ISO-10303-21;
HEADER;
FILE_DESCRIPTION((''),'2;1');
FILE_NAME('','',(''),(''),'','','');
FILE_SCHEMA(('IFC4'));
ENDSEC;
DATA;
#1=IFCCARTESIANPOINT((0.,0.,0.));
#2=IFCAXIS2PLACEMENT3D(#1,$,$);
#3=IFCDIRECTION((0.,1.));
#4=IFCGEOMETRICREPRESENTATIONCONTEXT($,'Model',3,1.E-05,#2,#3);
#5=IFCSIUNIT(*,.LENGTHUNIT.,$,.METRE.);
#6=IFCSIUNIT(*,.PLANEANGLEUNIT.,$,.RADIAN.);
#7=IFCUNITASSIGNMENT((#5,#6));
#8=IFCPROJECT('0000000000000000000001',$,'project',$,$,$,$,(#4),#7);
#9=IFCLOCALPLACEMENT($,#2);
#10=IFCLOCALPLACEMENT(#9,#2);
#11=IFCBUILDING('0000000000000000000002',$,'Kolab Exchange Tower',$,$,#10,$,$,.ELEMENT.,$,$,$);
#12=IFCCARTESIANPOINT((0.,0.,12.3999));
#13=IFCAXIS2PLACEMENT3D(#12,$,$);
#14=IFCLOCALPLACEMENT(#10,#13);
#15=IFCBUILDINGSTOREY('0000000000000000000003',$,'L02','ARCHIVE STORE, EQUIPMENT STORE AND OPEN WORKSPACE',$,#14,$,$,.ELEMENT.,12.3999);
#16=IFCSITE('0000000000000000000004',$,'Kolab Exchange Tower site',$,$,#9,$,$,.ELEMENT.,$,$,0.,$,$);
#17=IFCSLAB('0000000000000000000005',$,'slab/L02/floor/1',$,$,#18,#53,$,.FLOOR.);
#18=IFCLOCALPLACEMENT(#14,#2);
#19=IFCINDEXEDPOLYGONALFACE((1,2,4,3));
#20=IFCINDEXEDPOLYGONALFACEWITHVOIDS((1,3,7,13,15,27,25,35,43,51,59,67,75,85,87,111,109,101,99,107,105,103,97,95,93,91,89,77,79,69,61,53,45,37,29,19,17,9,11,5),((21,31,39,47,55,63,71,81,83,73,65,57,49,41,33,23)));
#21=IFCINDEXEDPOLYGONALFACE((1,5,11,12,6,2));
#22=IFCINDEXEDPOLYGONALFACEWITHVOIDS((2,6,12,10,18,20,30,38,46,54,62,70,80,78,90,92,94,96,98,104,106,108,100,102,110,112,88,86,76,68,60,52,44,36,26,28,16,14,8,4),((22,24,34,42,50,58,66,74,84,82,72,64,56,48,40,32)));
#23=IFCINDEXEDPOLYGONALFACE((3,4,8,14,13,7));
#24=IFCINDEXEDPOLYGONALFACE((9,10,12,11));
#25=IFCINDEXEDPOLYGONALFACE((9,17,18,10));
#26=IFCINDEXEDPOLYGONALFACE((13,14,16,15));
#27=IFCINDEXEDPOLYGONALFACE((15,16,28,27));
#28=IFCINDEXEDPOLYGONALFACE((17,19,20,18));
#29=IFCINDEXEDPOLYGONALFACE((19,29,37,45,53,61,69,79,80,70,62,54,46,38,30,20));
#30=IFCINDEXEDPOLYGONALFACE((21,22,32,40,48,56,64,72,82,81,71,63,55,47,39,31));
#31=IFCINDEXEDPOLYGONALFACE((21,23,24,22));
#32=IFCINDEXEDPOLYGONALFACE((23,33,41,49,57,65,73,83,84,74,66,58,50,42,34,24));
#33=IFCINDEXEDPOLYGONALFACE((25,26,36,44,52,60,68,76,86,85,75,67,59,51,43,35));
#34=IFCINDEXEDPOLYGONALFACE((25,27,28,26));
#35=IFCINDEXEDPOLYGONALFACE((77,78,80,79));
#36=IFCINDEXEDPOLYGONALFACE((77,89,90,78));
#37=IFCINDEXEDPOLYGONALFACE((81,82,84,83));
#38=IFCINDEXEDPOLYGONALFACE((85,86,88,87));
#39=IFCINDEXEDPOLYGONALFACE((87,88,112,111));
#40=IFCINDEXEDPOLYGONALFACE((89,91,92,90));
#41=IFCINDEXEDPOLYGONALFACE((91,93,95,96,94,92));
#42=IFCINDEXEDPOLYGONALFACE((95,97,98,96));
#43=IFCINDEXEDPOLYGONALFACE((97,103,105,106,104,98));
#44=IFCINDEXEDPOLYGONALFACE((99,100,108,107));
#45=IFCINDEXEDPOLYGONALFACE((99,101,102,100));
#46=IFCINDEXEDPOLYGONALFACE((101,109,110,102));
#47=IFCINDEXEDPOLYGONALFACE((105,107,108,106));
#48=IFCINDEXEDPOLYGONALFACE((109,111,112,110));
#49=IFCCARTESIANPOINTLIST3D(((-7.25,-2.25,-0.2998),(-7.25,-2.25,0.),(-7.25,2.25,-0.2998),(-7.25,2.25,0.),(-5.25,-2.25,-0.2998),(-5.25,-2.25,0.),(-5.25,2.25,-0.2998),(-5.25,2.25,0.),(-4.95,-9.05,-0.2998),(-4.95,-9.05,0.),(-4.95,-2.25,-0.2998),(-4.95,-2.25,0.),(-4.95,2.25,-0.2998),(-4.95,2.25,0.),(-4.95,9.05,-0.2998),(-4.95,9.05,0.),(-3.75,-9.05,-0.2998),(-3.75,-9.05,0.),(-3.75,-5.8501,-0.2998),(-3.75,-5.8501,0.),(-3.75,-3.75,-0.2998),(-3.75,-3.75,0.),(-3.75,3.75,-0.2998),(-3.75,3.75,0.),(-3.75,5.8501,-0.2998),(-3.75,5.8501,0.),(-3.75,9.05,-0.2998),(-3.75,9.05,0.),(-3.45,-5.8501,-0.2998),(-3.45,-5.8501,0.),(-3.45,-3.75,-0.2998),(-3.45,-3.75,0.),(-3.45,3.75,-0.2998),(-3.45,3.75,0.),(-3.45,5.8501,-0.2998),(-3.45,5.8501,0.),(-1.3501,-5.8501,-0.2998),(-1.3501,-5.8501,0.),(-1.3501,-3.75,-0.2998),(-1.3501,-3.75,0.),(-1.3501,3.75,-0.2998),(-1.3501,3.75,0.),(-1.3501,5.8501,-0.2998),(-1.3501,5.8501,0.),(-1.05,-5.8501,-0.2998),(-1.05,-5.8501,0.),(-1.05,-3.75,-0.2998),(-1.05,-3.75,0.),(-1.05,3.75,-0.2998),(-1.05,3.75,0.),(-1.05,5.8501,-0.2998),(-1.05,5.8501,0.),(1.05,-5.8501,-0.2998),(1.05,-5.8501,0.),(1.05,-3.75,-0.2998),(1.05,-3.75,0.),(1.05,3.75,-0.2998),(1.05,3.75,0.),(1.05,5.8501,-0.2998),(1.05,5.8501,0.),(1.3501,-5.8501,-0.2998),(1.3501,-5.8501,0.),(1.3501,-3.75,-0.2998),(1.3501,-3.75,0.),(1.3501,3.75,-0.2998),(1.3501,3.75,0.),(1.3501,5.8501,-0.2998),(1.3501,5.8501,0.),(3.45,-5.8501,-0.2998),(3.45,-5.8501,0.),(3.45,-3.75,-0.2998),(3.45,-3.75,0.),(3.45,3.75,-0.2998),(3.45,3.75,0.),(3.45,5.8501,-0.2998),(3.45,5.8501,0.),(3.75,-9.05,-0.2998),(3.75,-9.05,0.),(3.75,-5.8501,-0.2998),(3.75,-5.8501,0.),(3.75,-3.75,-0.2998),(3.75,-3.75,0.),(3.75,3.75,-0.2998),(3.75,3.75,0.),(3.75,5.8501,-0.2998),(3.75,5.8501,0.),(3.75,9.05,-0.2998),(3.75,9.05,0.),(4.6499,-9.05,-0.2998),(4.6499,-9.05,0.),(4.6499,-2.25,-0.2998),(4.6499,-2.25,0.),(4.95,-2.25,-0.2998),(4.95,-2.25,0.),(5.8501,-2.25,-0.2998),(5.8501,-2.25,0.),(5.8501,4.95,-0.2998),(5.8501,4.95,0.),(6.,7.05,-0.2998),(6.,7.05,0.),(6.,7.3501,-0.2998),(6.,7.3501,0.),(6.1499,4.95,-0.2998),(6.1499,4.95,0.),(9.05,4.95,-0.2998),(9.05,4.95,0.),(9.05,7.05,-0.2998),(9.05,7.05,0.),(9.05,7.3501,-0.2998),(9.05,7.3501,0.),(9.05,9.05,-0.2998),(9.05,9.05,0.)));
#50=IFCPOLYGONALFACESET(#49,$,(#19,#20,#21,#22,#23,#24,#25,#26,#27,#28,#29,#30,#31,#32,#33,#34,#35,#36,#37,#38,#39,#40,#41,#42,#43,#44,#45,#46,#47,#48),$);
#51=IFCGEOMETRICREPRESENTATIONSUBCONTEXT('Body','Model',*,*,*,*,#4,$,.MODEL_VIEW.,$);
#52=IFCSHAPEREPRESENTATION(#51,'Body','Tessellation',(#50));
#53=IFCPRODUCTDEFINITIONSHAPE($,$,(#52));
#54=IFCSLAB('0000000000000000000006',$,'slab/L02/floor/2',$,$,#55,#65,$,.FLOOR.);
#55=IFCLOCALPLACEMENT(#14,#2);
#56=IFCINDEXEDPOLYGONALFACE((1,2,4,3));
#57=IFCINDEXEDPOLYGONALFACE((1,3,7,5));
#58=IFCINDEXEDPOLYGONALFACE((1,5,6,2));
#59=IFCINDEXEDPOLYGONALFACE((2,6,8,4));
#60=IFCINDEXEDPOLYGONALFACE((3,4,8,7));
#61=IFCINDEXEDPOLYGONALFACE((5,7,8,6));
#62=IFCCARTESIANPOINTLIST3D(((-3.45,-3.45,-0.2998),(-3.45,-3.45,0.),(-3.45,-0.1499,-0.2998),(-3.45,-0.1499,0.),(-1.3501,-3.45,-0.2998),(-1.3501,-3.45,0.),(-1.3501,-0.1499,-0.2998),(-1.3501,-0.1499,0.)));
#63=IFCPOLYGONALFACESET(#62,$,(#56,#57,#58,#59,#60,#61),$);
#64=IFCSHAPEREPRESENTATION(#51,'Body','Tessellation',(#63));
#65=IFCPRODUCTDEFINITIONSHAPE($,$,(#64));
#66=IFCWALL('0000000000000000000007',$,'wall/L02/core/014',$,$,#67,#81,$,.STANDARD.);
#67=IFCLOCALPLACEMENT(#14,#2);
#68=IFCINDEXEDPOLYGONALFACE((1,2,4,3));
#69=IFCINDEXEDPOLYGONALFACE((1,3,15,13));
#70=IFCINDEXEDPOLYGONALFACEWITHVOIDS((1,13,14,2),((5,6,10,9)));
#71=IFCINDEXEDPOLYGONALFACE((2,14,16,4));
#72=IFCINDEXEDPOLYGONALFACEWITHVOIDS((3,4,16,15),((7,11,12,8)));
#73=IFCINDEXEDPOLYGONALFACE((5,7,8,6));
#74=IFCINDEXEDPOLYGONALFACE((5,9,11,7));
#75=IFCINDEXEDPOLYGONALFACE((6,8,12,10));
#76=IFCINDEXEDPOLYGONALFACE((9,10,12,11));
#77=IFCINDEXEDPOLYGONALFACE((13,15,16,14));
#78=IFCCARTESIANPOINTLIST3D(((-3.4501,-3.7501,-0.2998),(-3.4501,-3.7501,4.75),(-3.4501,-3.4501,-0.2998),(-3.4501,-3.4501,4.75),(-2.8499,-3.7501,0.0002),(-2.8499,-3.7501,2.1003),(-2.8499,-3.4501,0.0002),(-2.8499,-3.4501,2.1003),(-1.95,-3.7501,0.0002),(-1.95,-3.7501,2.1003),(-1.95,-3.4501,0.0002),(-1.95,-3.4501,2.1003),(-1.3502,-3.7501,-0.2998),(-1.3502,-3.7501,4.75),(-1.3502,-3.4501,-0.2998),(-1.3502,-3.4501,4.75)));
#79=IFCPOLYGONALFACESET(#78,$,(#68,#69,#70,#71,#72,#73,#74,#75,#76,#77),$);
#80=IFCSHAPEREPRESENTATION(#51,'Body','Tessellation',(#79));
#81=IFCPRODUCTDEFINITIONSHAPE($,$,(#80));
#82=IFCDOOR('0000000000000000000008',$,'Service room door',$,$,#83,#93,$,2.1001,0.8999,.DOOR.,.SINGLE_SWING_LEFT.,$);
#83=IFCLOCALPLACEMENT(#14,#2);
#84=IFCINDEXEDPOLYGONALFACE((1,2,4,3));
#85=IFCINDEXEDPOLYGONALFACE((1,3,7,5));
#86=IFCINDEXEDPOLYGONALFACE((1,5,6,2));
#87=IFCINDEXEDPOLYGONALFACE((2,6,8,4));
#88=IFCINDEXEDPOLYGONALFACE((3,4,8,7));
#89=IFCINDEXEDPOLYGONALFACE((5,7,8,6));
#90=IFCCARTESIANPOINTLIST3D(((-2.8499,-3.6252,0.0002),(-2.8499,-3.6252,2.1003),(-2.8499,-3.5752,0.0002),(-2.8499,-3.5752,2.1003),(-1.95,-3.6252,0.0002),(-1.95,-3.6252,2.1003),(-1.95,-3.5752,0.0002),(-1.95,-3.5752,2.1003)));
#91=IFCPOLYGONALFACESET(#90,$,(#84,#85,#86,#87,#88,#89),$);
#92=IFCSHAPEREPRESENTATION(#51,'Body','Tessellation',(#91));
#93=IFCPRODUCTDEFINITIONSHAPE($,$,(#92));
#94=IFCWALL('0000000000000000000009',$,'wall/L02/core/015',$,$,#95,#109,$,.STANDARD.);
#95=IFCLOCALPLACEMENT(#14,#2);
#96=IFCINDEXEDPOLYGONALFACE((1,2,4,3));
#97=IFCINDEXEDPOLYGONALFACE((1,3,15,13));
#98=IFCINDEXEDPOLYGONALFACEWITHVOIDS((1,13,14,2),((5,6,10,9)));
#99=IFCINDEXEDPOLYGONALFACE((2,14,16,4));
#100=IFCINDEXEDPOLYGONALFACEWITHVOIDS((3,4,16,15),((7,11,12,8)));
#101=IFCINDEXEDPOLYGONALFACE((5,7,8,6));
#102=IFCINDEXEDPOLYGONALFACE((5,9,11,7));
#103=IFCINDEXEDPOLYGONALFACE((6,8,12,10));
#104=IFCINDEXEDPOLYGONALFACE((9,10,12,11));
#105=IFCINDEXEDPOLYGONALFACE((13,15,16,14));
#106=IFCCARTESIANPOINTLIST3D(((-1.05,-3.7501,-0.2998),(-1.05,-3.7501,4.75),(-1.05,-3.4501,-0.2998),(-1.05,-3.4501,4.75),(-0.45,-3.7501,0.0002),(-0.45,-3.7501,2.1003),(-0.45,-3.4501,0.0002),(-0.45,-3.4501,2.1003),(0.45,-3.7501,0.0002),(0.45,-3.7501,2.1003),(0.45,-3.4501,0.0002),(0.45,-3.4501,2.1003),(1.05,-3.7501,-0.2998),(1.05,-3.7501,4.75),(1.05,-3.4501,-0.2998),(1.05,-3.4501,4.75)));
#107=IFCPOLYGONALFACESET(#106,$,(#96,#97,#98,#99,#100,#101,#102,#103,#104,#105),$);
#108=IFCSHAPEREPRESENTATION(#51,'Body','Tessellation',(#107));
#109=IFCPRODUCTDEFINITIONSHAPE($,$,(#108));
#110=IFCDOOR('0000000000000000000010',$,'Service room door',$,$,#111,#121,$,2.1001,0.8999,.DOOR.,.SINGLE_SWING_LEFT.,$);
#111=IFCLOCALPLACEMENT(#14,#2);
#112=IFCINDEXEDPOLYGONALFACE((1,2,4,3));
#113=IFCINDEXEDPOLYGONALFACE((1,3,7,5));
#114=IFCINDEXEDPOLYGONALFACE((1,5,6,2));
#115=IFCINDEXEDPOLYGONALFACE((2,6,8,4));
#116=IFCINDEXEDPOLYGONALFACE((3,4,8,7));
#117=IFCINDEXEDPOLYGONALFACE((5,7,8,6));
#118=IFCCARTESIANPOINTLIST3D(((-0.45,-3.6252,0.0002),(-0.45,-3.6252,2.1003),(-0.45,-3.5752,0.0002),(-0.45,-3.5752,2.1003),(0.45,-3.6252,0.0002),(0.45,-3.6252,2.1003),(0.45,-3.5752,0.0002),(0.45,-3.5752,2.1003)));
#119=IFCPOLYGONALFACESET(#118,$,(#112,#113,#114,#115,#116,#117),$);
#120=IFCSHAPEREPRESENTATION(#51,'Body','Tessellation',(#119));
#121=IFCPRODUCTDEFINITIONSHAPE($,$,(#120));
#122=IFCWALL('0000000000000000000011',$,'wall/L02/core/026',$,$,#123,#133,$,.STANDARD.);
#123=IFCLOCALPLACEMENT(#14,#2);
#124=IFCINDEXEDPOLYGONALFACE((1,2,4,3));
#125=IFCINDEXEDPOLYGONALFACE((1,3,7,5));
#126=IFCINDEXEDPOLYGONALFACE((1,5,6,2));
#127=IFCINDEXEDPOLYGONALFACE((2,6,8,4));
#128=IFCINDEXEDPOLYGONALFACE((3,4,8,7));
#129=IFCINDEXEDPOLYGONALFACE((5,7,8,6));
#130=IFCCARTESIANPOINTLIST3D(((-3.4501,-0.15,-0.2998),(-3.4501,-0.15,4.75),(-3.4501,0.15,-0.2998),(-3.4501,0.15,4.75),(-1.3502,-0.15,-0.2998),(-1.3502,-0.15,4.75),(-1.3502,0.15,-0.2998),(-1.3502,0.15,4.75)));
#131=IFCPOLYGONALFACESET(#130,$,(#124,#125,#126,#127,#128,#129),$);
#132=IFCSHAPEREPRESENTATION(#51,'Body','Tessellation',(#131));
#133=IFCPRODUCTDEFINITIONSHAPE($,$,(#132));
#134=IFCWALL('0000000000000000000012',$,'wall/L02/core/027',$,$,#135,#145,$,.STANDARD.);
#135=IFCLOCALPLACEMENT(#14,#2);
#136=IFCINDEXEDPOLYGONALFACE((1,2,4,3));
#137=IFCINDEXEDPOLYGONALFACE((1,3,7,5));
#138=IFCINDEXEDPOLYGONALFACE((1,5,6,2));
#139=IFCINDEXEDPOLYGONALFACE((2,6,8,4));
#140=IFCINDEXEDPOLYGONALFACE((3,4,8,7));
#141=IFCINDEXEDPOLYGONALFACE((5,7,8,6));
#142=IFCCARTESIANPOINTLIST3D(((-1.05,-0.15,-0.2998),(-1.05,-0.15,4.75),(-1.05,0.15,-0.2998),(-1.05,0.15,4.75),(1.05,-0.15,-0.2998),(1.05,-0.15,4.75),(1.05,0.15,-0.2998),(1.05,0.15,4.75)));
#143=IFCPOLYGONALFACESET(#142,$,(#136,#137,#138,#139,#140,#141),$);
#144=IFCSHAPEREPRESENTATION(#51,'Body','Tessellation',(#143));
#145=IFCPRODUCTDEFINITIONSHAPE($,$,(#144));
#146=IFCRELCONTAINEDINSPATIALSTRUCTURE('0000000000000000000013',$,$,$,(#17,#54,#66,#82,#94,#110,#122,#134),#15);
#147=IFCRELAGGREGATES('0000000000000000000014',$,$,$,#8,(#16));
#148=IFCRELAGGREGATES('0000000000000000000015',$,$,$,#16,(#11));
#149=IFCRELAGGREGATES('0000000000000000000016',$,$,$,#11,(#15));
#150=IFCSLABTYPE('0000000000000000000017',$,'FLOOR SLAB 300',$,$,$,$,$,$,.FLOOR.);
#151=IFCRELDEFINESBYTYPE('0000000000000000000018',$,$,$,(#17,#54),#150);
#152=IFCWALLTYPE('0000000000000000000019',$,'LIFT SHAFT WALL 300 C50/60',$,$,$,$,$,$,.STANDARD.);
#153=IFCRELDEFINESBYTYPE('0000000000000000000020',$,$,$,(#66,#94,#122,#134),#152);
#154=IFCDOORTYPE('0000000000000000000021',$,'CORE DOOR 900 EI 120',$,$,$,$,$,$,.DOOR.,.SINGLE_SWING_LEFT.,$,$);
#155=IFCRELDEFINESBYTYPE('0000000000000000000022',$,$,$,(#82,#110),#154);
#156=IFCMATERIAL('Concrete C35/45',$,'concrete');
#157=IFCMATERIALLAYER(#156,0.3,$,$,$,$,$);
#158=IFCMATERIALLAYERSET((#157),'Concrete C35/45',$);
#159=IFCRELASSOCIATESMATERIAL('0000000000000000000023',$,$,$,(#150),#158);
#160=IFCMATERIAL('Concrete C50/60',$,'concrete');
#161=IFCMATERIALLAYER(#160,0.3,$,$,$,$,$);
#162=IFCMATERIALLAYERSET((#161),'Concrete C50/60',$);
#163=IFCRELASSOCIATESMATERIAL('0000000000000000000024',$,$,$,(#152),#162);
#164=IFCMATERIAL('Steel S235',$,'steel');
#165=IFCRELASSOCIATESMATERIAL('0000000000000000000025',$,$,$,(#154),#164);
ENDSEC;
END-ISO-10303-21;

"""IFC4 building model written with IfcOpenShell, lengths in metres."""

from ifc_helpers import new_model, si_unit, direction, frame, frame_2d, origin, place, context, subcontext, project, spatial, polyline, rectangle, outline, extrude, material, layer, layer_set, type_object, element, fill, save


model = new_model("IFC4")

# Units and contexts
model_context = context("Model", 3, precision=1e-05, world=origin(), true_north=direction((0.0, 1.0)))
body_context = subcontext(model_context, "Body", "Model", "MODEL_VIEW")
ifc_project = project(units=[si_unit("LENGTHUNIT", "METRE"), si_unit("PLANEANGLEUNIT", "RADIAN")], contexts=[model_context])

# Site, building, storey
site_placement = place(None, origin())
site = spatial("IfcSite", under=ifc_project, at=site_placement, Name="Kolab Exchange Tower site", CompositionType="ELEMENT", RefElevation=0.0)
building_placement = place(site_placement, origin())
building = spatial("IfcBuilding", under=site, at=building_placement, Name="Kolab Exchange Tower", CompositionType="ELEMENT")
storey_placement = place(building_placement, frame((0.0, 0.0, 12.3999)))
storey = spatial("IfcBuildingStorey", under=building, at=storey_placement, Name="L02", Description="ARCHIVE STORE, EQUIPMENT STORE AND OPEN WORKSPACE", CompositionType="ELEMENT", Elevation=12.3999)

# Slabs
ifc_material_1 = material(Name="Concrete C35/45", Category="concrete")
ifc_layer_1 = layer(ifc_material_1, 0.3)
ifc_layer_set_1 = layer_set([ifc_layer_1], Name="Concrete C35/45")
slab_type = type_object("IfcSlabType", Name="FLOOR SLAB 300", PredefinedType="FLOOR", material=ifc_layer_set_1)
slab_1_placement = place(storey_placement, frame((0.0, 0.0, -0.2998)))
element("IfcSlab", 1, at=slab_1_placement, inside=storey, type_object=slab_type, Name="slab/L02/floor/1", PredefinedType="FLOOR", context=body_context, shape_type="SweptSolid", body=[
    extrude(outline(polyline([(-5.25, 2.25), (-7.25, 2.25), (-7.25, -2.25), (-5.25, -2.25), (-4.95, -2.25), (-4.95, -9.05), (-3.75, -9.05), (-3.75, -5.8501), (-3.45, -5.8501), (-1.3501, -5.8501), (-1.05, -5.8501), (1.05, -5.8501), (1.3501, -5.8501), (3.45, -5.8501), (3.75, -5.8501), (3.75, -9.05), (4.6499, -9.05), (4.6499, -2.25), (4.95, -2.25), (5.8501, -2.25), (5.8501, 4.95), (6.1499, 4.95), (9.05, 4.95), (9.05, 7.05), (6.0, 7.05), (6.0, 7.3501), (9.05, 7.3501), (9.05, 9.05), (3.75, 9.05), (3.75, 5.8501), (3.45, 5.8501), (1.3501, 5.8501), (1.05, 5.8501), (-1.05, 5.8501), (-1.3501, 5.8501), (-3.45, 5.8501), (-3.75, 5.8501), (-3.75, 9.05), (-4.95, 9.05), (-4.95, 2.25), (-5.25, 2.25)]), holes=[polyline([(3.75, -3.75), (3.45, -3.75), (1.3501, -3.75), (1.05, -3.75), (-1.05, -3.75), (-1.3501, -3.75), (-3.45, -3.75), (-3.75, -3.75), (-3.75, 3.75), (-3.45, 3.75), (-1.3501, 3.75), (-1.05, 3.75), (1.05, 3.75), (1.3501, 3.75), (3.45, 3.75), (3.75, 3.75), (3.75, -3.75)])]), origin(), (0.0, 0.0, 1.0), 0.2998),
])
slab_2_placement = place(storey_placement, frame((0.0, 0.0, -0.2998)))
element("IfcSlab", 2, at=slab_2_placement, inside=storey, type_object=slab_type, Name="slab/L02/floor/2", PredefinedType="FLOOR", context=body_context, shape_type="SweptSolid", body=[
    extrude(outline(polyline([(-1.3501, -0.1499), (-3.45, -0.1499), (-3.45, -3.45), (-1.3501, -3.45), (-1.3501, -0.1499)])), origin(), (0.0, 0.0, 1.0), 0.2998),
])

# Walls, openings, doors
ifc_material_2 = material(Name="Concrete C50/60", Category="concrete")
ifc_layer_2 = layer(ifc_material_2, 0.3)
ifc_layer_set_2 = layer_set([ifc_layer_2], Name="Concrete C50/60")
wall_type_1 = type_object("IfcWallType", Name="LIFT SHAFT WALL 300 C50/60", PredefinedType="STANDARD", material=ifc_layer_set_2)
wall_1_placement = place(storey_placement, frame((-3.45, -3.6001, -0.2998), z_axis=(0.0, 0.0, 1.0), x_axis=(1.0, 0.0, 0.0)))
wall_1 = element("IfcWall", 3, at=wall_1_placement, inside=storey, type_object=wall_type_1, Name="wall/L02/core/014", PredefinedType="STANDARD", context=body_context, shape_type="SweptSolid", body=[
    extrude(rectangle(XDim=2.0999, YDim=0.3, at=frame_2d((1.0498, 0.0))), origin(), (0.0, 0.0, 1.0), 5.0498),
])
opening_1_placement = place(wall_1_placement, frame((0.6001, 0.0, 0.3)))
opening_1 = element("IfcOpeningElement", 4, at=opening_1_placement, cuts=wall_1, PredefinedType="OPENING", context=body_context, shape_type="SweptSolid", body=[
    extrude(rectangle(XDim=0.8999, YDim=2.1001, at=frame_2d((0.45, 1.05))), frame((0.0, 0.1602, 0.0), z_axis=(0.0, -1.0, 0.0), x_axis=(1.0, 0.0, 0.0)), (0.0, 0.0, 1.0), 0.3201),
])
ifc_material_3 = material(Name="Steel S235", Category="steel")
door_type_1 = type_object("IfcDoorType", Name="CORE DOOR 900 EI 120", OperationType="SINGLE_SWING_LEFT", PredefinedType="DOOR", material=ifc_material_3)
door_1_placement = place(opening_1_placement, origin())
door_1 = element("IfcDoor", 5, at=door_1_placement, inside=storey, type_object=door_type_1, Name="Service room door", OperationType="SINGLE_SWING_LEFT", OverallHeight=2.1001, OverallWidth=0.8999, PredefinedType="DOOR", context=body_context, shape_type="SweptSolid", body=[
    extrude(rectangle(XDim=0.8999, YDim=2.1001, at=frame_2d((0.45, 1.05))), frame((0.0, 0.0249, 0.0), z_axis=(0.0, -1.0, 0.0), x_axis=(1.0, 0.0, 0.0)), (0.0, 0.0, 1.0), 0.05),
])
fill(opening_1, door_1)
wall_2_placement = place(storey_placement, frame((-1.05, -3.6001, -0.2998), z_axis=(0.0, 0.0, 1.0), x_axis=(1.0, 0.0, 0.0)))
wall_2 = element("IfcWall", 6, at=wall_2_placement, inside=storey, type_object=wall_type_1, Name="wall/L02/core/015", PredefinedType="STANDARD", context=body_context, shape_type="SweptSolid", body=[
    extrude(rectangle(XDim=2.1001, YDim=0.3, at=frame_2d((1.05, 0.0))), origin(), (0.0, 0.0, 1.0), 5.0498),
])
opening_2_placement = place(wall_2_placement, frame((0.6001, 0.0, 0.3)))
opening_2 = element("IfcOpeningElement", 7, at=opening_2_placement, cuts=wall_2, PredefinedType="OPENING", context=body_context, shape_type="SweptSolid", body=[
    extrude(rectangle(XDim=0.8999, YDim=2.1001, at=frame_2d((0.45, 1.05))), frame((0.0, 0.1602, 0.0), z_axis=(0.0, -1.0, 0.0), x_axis=(1.0, 0.0, 0.0)), (0.0, 0.0, 1.0), 0.3201),
])
door_2_placement = place(opening_2_placement, origin())
door_2 = element("IfcDoor", 8, at=door_2_placement, inside=storey, type_object=door_type_1, Name="Service room door", OperationType="SINGLE_SWING_LEFT", OverallHeight=2.1001, OverallWidth=0.8999, PredefinedType="DOOR", context=body_context, shape_type="SweptSolid", body=[
    extrude(rectangle(XDim=0.8999, YDim=2.1001, at=frame_2d((0.45, 1.05))), frame((0.0, 0.0249, 0.0), z_axis=(0.0, -1.0, 0.0), x_axis=(1.0, 0.0, 0.0)), (0.0, 0.0, 1.0), 0.05),
])
fill(opening_2, door_2)

# Walls
wall_3_placement = place(storey_placement, frame((-3.45, 0.0, -0.2998), z_axis=(0.0, 0.0, 1.0), x_axis=(1.0, 0.0, 0.0)))
element("IfcWall", 9, at=wall_3_placement, inside=storey, type_object=wall_type_1, Name="wall/L02/core/026", PredefinedType="STANDARD", context=body_context, shape_type="SweptSolid", body=[
    extrude(rectangle(XDim=2.0999, YDim=0.3, at=frame_2d((1.0498, 0.0))), origin(), (0.0, 0.0, 1.0), 5.0498),
])
wall_4_placement = place(storey_placement, frame((-1.05, 0.0, -0.2998), z_axis=(0.0, 0.0, 1.0), x_axis=(1.0, 0.0, 0.0)))
element("IfcWall", 10, at=wall_4_placement, inside=storey, type_object=wall_type_1, Name="wall/L02/core/027", PredefinedType="STANDARD", context=body_context, shape_type="SweptSolid", body=[
    extrude(rectangle(XDim=2.1001, YDim=0.3, at=frame_2d((1.05, 0.0))), origin(), (0.0, 0.0, 1.0), 5.0498),
])

save(model, "model.ifc")
